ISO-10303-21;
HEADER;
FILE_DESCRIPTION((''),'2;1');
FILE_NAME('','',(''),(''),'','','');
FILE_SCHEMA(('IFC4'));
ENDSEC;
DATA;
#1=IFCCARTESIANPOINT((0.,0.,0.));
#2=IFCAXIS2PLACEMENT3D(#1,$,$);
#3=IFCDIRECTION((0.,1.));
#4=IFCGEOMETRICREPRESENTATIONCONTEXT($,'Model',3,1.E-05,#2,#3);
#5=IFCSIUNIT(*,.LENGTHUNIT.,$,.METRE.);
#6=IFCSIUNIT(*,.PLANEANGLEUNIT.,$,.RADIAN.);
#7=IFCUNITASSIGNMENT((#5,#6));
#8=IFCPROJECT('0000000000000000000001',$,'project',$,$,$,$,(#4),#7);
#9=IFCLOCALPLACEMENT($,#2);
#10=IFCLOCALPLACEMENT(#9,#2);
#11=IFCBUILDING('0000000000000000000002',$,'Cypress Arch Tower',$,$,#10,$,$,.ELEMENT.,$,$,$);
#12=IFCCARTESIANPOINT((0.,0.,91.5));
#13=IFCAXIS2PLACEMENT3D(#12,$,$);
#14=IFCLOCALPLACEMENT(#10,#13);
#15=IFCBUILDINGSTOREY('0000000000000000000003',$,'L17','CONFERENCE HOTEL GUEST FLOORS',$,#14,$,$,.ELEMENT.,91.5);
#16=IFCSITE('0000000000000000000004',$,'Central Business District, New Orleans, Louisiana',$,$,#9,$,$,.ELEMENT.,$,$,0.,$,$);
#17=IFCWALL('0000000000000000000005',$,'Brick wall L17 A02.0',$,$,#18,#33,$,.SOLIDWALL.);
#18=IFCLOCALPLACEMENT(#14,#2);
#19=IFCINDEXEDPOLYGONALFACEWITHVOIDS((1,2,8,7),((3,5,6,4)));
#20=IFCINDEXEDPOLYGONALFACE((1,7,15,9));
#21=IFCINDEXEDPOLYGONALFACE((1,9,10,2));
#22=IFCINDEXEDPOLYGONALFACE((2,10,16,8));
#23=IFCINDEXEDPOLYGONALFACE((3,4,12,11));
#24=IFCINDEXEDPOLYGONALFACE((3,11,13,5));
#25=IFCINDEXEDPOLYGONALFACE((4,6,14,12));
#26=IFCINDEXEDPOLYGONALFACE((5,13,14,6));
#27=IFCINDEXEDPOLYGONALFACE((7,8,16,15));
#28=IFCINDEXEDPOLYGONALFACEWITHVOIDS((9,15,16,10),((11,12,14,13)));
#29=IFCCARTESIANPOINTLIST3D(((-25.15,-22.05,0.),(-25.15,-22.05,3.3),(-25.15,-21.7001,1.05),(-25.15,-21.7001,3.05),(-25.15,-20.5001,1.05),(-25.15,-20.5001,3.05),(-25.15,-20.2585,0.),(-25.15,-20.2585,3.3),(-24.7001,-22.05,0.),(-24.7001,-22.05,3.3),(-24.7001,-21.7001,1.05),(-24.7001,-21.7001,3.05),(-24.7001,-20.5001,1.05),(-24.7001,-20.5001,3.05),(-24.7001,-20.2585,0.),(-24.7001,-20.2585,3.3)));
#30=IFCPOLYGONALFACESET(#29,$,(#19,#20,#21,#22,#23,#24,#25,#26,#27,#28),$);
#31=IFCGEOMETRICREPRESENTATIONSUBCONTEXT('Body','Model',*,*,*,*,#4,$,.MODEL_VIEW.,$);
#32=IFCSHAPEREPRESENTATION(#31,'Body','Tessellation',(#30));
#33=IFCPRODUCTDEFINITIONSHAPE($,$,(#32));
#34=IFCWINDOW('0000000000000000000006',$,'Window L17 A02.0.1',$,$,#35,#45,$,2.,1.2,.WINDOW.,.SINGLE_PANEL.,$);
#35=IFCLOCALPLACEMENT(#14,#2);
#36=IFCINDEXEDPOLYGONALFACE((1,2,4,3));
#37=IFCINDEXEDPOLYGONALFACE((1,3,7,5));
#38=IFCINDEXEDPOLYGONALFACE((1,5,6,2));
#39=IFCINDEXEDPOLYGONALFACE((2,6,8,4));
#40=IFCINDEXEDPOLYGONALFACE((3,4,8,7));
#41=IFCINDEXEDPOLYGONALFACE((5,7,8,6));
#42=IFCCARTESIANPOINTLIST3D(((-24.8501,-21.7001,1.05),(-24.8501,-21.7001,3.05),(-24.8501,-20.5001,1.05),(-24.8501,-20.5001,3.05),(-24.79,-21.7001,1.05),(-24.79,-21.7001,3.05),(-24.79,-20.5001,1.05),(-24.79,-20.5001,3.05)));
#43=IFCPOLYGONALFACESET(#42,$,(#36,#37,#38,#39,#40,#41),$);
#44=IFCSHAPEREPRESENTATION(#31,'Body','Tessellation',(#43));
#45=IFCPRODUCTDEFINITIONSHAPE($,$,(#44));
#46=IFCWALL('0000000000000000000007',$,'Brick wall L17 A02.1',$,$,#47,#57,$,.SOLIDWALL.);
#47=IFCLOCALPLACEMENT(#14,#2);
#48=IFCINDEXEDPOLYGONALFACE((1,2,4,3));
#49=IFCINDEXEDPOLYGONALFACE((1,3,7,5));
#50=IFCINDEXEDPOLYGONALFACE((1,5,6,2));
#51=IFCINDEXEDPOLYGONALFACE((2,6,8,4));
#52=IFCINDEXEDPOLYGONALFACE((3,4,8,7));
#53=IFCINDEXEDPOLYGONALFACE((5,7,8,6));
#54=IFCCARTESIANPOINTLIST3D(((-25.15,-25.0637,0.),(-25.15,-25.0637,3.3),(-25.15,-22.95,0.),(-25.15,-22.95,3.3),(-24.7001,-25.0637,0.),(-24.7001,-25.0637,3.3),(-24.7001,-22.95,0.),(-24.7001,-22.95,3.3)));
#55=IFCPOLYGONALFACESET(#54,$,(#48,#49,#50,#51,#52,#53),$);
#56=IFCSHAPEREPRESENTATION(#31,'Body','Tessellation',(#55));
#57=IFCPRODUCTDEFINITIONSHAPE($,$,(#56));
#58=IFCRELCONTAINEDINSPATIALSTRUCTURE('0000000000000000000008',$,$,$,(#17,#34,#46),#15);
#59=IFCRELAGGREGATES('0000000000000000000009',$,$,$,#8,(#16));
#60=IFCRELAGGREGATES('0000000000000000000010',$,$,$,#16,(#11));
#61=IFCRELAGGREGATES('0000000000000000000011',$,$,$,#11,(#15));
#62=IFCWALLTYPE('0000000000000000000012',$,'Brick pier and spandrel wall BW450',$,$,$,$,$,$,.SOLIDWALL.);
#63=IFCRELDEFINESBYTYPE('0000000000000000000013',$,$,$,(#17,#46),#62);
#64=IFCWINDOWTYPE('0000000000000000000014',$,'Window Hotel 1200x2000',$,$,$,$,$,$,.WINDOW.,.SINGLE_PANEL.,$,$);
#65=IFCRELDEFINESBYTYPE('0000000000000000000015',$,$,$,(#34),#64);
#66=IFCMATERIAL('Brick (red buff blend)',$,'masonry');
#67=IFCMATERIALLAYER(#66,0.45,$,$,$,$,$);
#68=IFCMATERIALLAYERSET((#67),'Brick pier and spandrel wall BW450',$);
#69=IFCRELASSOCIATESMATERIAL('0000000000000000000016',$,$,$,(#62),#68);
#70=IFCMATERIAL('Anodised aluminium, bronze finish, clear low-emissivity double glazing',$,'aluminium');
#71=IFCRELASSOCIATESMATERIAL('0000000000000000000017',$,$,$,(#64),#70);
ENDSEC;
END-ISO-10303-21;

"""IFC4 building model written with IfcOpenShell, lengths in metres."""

from ifc_helpers import new_model, si_unit, direction, frame, frame_2d, origin, place, context, subcontext, project, spatial, rectangle, extrude, material, layer, layer_set, type_object, element, fill, save


model = new_model("IFC4")

# Units and contexts
model_context = context("Model", 3, precision=1e-05, world=origin(), true_north=direction((0.0, 1.0)))
body_context = subcontext(model_context, "Body", "Model", "MODEL_VIEW")
ifc_project = project(units=[si_unit("LENGTHUNIT", "METRE"), si_unit("PLANEANGLEUNIT", "RADIAN")], contexts=[model_context])

# Site, building, storey
site_placement = place(None, origin())
site = spatial("IfcSite", under=ifc_project, at=site_placement, Name="Central Business District, New Orleans, Louisiana", CompositionType="ELEMENT", RefElevation=0.0)
building_placement = place(site_placement, origin())
building = spatial("IfcBuilding", under=site, at=building_placement, Name="Cypress Arch Tower", CompositionType="ELEMENT")
storey_placement = place(building_placement, frame((0.0, 0.0, 91.5)))
storey = spatial("IfcBuildingStorey", under=building, at=storey_placement, Name="L17", Description="CONFERENCE HOTEL GUEST FLOORS", CompositionType="ELEMENT", Elevation=91.5)

# Wall, opening, window
ifc_material_1 = material(Name="Brick (red buff blend)", Category="masonry")
ifc_layer_1 = layer(ifc_material_1, 0.45)
ifc_layer_set_1 = layer_set([ifc_layer_1], Name="Brick pier and spandrel wall BW450")
wall_type_1 = type_object("IfcWallType", Name="Brick pier and spandrel wall BW450", PredefinedType="SOLIDWALL", material=ifc_layer_set_1)
wall_1_placement = place(storey_placement, frame((-24.925, -20.2585, 0.0), z_axis=(0.0, 0.0, 1.0), x_axis=(0.0, -1.0, 0.0)))
wall_1 = element("IfcWall", 1, at=wall_1_placement, inside=storey, type_object=wall_type_1, Name="Brick wall L17 A02.0", PredefinedType="SOLIDWALL", context=body_context, shape_type="SweptSolid", body=[
    extrude(rectangle(XDim=1.7915, YDim=0.45, at=frame_2d((0.8958, 0.0))), origin(), (0.0, 0.0, 1.0), 3.3),
])
opening_1_placement = place(wall_1_placement, frame((0.2415, 0.0, 1.05)))
opening_1 = element("IfcOpeningElement", 2, at=opening_1_placement, cuts=wall_1, PredefinedType="OPENING", context=body_context, shape_type="SweptSolid", body=[
    extrude(rectangle(XDim=1.2, YDim=2.0, at=frame_2d((0.6001, 1.0))), frame((0.0, 0.2349, 0.0), z_axis=(0.0, -1.0, 0.0), x_axis=(1.0, 0.0, 0.0)), (0.0, 0.0, 1.0), 0.47),
])
ifc_material_2 = material(Name="Anodised aluminium, bronze finish, clear low-emissivity double glazing", Category="aluminium")
window_type_1 = type_object("IfcWindowType", Name="Window Hotel 1200x2000", PartitioningType="SINGLE_PANEL", PredefinedType="WINDOW", material=ifc_material_2)
window_1_placement = place(opening_1_placement, origin())
window_1 = element("IfcWindow", 3, at=window_1_placement, inside=storey, type_object=window_type_1, Name="Window L17 A02.0.1", OverallHeight=2.0, OverallWidth=1.2, PartitioningType="SINGLE_PANEL", PredefinedType="WINDOW", context=body_context, shape_type="SweptSolid", body=[
    extrude(rectangle(XDim=1.2, YDim=2.0, at=frame_2d((0.6001, 1.0))), frame((0.0, 0.135, 0.0), z_axis=(0.0, -1.0, 0.0), x_axis=(1.0, 0.0, 0.0)), (0.0, 0.0, 1.0), 0.0601),
])
fill(opening_1, window_1)

# Wall
wall_2_placement = place(storey_placement, frame((-24.925, -22.95, 0.0), z_axis=(0.0, 0.0, 1.0), x_axis=(0.0, -1.0, 0.0)))
element("IfcWall", 4, at=wall_2_placement, inside=storey, type_object=wall_type_1, Name="Brick wall L17 A02.1", PredefinedType="SOLIDWALL", context=body_context, shape_type="SweptSolid", body=[
    extrude(rectangle(XDim=2.1138, YDim=0.45, at=frame_2d((1.0569, 0.0))), origin(), (0.0, 0.0, 1.0), 3.3),
])

save(model, "model.ifc")
